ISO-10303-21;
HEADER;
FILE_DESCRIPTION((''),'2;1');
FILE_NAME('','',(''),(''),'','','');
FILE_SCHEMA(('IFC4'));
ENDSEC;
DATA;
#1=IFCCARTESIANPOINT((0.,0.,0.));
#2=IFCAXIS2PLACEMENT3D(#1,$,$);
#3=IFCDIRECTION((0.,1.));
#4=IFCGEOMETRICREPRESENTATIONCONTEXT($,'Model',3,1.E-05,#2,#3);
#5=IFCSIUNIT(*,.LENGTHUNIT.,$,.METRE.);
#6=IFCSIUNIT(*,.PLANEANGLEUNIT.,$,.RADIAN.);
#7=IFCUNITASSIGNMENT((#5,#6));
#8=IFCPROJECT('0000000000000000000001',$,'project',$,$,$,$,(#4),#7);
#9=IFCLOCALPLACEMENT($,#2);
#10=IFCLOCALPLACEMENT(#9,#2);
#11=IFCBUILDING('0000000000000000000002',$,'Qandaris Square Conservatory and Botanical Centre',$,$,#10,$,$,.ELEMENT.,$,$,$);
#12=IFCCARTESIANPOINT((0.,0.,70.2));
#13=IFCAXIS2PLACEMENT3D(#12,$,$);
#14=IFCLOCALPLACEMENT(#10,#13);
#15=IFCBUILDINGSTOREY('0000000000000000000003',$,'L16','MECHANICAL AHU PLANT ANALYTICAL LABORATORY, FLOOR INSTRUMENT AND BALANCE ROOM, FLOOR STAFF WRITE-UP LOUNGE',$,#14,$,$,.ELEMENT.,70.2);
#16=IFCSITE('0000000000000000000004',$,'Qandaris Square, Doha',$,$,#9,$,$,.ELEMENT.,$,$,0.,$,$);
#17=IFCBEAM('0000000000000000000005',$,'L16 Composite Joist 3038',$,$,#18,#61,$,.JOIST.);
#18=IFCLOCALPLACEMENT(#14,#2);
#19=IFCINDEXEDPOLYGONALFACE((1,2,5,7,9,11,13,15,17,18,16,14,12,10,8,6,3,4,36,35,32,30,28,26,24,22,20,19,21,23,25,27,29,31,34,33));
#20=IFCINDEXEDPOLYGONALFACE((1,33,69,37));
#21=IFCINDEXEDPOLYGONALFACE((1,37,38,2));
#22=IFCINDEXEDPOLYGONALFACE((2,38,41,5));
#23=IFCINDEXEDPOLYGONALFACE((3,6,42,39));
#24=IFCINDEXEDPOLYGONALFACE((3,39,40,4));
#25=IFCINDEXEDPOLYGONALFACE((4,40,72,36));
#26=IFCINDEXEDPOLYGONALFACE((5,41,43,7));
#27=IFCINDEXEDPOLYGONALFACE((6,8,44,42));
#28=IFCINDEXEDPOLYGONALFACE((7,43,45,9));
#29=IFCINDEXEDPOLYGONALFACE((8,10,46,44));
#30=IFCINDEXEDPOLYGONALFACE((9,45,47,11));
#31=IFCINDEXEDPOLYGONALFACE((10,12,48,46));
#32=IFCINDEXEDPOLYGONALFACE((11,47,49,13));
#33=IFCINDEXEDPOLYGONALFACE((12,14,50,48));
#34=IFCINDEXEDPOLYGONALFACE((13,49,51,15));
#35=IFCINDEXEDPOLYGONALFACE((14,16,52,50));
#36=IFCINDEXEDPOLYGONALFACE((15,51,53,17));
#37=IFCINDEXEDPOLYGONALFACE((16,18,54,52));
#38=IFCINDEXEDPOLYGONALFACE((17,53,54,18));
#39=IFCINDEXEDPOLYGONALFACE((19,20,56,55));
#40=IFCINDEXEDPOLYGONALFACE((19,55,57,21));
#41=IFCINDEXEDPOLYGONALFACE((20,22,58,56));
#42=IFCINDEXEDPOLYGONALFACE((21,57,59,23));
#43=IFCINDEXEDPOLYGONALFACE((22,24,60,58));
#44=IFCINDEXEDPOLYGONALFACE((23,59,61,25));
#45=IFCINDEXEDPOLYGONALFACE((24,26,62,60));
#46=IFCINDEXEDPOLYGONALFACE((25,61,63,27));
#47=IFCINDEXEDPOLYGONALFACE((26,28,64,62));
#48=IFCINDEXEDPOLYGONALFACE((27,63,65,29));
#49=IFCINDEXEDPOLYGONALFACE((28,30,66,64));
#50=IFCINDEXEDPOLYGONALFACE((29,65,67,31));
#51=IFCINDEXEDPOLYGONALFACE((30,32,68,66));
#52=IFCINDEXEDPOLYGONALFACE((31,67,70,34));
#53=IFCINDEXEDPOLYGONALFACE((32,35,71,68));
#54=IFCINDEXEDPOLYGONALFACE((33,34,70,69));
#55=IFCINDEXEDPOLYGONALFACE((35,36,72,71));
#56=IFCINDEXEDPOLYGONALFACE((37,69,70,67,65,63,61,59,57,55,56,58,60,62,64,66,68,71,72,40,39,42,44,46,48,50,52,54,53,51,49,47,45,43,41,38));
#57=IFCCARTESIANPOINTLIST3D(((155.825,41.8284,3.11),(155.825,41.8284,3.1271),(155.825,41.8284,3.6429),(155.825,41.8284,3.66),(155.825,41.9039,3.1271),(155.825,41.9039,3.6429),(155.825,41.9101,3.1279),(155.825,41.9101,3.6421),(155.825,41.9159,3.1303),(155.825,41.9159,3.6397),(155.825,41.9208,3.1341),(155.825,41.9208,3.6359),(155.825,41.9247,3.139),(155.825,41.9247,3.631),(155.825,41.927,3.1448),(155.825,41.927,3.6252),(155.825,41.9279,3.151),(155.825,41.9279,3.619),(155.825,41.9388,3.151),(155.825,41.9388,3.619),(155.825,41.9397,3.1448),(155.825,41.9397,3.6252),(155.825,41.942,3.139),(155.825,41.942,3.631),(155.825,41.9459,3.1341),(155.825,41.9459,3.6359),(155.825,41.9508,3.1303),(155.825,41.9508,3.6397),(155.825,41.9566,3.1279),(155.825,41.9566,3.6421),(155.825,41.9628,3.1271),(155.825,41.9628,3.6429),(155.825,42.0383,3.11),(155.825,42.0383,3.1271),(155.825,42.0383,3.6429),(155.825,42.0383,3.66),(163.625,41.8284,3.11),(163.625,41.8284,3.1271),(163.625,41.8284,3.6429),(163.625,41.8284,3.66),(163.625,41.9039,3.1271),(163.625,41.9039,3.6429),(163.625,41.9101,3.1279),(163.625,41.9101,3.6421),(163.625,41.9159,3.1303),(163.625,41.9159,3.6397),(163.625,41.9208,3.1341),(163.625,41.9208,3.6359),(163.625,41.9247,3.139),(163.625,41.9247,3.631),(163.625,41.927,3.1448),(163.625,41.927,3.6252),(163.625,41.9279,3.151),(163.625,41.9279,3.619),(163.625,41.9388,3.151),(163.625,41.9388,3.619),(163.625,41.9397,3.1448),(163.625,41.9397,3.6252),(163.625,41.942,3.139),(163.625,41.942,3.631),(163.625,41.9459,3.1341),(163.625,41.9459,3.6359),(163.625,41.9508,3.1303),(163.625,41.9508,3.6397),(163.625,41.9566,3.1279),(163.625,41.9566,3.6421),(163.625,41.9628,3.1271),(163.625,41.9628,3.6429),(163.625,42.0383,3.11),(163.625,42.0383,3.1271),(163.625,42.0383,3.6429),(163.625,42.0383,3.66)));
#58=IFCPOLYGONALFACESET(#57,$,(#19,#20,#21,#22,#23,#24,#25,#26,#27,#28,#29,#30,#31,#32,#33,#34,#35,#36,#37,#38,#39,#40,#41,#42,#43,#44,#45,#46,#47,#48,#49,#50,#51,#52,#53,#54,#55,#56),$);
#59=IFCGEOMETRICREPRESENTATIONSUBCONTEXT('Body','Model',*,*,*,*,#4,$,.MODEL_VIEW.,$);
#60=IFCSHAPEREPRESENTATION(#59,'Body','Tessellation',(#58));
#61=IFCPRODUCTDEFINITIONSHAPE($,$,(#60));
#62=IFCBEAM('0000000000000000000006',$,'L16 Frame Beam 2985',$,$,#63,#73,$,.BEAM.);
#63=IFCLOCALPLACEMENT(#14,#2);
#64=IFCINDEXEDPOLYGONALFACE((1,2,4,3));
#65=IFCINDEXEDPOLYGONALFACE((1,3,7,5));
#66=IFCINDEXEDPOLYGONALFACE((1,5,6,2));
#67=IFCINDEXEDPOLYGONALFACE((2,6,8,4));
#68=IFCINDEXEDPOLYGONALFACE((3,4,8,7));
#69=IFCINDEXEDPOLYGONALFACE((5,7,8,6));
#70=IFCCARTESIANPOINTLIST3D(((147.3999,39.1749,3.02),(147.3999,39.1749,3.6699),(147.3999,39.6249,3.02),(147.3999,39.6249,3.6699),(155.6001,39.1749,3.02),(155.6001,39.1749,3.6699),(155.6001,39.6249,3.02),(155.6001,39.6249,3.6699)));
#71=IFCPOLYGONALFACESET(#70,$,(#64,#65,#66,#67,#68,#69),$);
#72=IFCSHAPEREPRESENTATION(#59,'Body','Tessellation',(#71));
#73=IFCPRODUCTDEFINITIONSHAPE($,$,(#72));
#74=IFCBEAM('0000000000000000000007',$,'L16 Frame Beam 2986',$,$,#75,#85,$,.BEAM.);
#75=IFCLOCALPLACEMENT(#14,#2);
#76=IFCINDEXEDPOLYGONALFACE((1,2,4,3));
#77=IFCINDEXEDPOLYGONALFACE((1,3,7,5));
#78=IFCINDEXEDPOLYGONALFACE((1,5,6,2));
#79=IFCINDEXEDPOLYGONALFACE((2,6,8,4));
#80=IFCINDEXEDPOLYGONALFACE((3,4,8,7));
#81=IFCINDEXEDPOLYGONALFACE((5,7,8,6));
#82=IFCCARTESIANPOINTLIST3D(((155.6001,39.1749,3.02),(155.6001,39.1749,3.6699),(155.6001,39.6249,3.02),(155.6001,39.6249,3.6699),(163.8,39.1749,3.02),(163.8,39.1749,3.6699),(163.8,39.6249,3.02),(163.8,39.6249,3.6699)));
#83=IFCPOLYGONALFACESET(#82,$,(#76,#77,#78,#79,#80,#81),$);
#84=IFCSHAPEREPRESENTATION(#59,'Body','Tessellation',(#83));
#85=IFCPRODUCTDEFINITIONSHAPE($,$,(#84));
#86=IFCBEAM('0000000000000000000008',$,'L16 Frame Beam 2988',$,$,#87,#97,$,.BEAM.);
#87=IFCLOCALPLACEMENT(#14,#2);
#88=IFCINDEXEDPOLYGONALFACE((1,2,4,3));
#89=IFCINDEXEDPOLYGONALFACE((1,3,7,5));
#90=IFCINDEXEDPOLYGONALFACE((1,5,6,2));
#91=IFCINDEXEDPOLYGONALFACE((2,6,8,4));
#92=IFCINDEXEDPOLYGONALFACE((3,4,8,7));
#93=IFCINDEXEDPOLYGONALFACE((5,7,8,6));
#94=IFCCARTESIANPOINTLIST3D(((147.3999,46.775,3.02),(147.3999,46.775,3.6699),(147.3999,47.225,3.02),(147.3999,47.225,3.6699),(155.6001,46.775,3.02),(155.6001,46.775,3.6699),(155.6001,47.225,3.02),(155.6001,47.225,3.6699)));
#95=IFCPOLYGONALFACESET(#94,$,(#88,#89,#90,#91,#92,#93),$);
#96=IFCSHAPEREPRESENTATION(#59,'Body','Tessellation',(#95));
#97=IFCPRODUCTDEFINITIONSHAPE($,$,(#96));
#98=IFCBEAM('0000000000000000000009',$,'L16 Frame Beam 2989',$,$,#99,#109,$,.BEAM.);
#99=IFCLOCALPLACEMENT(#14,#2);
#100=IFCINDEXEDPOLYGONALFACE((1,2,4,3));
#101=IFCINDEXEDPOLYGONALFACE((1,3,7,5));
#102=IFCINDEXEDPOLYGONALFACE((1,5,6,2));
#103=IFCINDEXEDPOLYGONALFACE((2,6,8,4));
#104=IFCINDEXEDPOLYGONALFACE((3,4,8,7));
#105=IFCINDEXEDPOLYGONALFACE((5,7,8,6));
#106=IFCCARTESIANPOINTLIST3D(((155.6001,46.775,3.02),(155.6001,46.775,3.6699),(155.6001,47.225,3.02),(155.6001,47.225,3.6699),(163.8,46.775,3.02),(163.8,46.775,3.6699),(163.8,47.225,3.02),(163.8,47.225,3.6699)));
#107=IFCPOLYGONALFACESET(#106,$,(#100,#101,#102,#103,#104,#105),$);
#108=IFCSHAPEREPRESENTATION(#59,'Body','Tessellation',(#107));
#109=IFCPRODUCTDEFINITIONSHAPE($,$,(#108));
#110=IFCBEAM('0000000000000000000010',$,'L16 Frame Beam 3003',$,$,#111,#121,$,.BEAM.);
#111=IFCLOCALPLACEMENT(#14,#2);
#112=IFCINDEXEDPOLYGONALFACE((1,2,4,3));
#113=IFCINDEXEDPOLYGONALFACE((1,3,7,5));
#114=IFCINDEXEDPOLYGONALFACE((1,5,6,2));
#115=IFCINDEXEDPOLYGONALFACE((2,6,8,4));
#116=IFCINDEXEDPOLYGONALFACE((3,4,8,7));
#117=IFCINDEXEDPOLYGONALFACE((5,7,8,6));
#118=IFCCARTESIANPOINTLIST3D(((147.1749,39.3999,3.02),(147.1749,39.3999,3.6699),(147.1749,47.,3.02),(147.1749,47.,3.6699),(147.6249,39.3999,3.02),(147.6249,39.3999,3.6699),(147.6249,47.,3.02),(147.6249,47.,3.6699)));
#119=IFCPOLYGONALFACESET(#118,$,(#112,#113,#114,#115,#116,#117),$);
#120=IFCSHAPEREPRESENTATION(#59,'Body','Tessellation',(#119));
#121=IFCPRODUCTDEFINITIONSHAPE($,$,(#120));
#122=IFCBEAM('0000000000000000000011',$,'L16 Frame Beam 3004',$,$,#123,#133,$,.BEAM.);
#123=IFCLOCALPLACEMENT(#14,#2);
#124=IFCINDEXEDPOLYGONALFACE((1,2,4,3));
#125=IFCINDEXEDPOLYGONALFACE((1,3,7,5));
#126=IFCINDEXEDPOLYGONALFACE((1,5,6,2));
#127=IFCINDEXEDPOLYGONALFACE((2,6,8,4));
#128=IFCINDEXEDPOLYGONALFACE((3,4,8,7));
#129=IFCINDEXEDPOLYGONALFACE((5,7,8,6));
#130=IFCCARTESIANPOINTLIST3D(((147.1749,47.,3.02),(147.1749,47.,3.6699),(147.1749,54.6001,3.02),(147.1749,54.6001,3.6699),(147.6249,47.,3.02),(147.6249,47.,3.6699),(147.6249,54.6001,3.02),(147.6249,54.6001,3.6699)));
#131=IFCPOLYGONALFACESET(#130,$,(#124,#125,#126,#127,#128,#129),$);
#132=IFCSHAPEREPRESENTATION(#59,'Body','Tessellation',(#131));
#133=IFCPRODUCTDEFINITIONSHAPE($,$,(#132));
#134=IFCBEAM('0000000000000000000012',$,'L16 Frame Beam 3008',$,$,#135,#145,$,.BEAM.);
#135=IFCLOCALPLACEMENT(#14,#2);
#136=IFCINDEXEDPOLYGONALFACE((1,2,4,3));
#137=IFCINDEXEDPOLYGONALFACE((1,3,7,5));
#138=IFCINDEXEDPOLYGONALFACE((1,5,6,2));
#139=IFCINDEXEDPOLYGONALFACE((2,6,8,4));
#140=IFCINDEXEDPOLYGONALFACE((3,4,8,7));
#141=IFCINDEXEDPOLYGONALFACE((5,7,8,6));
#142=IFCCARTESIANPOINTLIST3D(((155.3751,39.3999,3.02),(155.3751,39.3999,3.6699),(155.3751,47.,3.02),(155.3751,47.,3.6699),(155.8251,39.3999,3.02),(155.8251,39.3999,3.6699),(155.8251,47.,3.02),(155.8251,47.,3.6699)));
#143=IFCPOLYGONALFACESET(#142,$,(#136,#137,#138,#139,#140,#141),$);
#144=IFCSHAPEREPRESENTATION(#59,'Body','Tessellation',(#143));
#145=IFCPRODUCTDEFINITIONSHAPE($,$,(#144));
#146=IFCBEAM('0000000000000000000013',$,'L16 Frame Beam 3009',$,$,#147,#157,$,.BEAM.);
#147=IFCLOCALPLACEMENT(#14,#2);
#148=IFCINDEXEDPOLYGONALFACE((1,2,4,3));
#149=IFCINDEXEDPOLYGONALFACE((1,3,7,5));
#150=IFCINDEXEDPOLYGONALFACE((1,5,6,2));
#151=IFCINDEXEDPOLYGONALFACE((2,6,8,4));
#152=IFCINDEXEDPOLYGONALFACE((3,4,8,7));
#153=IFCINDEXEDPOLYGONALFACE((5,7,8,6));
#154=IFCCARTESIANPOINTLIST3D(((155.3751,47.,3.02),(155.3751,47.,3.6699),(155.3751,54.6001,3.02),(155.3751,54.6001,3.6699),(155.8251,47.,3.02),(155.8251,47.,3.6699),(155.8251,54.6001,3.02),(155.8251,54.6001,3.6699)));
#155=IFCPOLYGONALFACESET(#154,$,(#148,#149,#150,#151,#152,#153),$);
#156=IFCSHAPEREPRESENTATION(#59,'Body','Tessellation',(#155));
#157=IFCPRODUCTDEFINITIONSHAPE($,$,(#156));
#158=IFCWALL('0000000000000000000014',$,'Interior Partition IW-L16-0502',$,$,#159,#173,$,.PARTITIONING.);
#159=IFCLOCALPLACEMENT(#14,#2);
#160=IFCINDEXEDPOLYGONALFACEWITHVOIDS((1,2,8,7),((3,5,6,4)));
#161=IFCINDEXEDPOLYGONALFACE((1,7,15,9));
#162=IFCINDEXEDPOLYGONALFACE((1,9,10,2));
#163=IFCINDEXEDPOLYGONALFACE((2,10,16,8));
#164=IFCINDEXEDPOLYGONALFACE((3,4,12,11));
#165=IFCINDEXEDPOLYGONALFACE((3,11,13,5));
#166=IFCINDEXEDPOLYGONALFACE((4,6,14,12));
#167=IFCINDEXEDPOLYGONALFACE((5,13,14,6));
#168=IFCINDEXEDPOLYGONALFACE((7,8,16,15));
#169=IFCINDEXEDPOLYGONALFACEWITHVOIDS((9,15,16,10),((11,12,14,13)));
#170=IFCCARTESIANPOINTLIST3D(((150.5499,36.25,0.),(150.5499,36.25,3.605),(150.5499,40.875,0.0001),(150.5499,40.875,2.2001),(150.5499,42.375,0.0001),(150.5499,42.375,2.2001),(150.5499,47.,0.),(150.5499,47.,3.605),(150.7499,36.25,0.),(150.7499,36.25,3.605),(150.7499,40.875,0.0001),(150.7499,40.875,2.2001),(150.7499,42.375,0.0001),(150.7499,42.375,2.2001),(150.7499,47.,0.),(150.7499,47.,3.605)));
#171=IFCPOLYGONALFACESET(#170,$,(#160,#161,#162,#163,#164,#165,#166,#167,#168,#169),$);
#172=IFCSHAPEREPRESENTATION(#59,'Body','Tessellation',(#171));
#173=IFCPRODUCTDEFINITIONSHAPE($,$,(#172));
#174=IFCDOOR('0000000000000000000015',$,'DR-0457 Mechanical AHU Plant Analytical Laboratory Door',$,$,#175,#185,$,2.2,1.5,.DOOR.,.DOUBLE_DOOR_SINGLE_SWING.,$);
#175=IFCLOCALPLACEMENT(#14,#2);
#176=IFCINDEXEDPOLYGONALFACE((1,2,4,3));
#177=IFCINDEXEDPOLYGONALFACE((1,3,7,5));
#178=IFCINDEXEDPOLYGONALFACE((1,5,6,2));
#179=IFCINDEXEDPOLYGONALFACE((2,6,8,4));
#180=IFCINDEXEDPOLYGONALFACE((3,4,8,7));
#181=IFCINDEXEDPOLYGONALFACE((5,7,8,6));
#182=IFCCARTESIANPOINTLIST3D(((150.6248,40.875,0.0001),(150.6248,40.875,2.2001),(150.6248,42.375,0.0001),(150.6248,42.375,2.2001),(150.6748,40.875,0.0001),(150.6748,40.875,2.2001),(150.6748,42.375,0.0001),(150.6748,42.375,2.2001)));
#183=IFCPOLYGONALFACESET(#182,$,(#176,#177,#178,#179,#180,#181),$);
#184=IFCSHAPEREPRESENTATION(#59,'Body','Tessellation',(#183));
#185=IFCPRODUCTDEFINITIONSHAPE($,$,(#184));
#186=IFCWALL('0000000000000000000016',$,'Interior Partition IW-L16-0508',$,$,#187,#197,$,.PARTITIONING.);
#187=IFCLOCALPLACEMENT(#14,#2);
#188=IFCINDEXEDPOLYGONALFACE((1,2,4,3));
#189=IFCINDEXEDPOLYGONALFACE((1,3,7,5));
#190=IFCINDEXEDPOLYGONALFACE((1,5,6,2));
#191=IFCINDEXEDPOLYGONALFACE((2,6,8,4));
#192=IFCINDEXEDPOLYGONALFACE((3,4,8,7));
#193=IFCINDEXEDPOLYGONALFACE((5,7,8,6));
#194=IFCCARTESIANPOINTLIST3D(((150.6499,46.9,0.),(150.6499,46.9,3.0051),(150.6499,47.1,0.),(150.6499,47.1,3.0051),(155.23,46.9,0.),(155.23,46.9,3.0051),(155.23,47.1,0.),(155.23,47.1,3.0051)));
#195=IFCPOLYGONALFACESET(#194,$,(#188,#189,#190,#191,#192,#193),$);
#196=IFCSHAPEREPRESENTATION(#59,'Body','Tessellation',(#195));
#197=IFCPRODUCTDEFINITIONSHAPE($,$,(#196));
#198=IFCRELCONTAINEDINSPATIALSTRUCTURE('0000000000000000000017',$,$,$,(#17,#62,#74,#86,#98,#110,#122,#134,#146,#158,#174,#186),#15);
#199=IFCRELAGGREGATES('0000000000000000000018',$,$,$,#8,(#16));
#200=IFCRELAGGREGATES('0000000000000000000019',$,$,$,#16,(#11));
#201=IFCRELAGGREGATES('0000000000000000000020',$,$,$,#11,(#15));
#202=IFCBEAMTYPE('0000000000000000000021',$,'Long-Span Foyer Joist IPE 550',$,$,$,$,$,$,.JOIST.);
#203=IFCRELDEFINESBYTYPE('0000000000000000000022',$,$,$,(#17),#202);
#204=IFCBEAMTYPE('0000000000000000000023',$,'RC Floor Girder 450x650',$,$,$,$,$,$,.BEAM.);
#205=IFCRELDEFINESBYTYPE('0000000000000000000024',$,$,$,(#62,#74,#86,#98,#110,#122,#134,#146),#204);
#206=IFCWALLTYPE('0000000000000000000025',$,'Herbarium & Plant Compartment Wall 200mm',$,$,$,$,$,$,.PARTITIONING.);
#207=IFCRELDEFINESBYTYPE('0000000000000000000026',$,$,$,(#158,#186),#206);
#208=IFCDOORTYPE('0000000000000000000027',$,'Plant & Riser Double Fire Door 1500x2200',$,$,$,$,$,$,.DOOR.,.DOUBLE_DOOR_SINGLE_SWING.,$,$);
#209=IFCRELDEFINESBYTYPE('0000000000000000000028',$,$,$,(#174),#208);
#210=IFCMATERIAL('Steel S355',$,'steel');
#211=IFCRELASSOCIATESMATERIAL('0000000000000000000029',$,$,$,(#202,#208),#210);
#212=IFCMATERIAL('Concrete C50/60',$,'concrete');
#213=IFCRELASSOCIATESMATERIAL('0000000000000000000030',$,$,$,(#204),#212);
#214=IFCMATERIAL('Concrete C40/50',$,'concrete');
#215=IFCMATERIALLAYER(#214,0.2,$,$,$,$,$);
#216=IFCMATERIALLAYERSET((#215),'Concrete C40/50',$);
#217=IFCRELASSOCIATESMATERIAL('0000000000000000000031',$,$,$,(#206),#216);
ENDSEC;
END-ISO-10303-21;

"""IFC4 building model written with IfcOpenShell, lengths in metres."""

from ifc_helpers import new_model, si_unit, direction, frame, frame_2d, origin, origin_2d, place, context, subcontext, project, spatial, rectangle, i_section, extrude, material, layer, layer_set, material_profile, profile_set, type_object, element, fill, save


model = new_model("IFC4")

# Units and contexts
model_context = context("Model", 3, precision=1e-05, world=origin(), true_north=direction((0.0, 1.0)))
body_context = subcontext(model_context, "Body", "Model", "MODEL_VIEW")
ifc_project = project(units=[si_unit("LENGTHUNIT", "METRE"), si_unit("PLANEANGLEUNIT", "RADIAN")], contexts=[model_context])

# Site, building, storey
site_placement = place(None, origin())
site = spatial("IfcSite", under=ifc_project, at=site_placement, Name="Qandaris Square, Doha", CompositionType="ELEMENT", RefElevation=0.0)
building_placement = place(site_placement, origin())
building = spatial("IfcBuilding", under=site, at=building_placement, Name="Qandaris Square Conservatory and Botanical Centre", CompositionType="ELEMENT")
storey_placement = place(building_placement, frame((0.0, 0.0, 70.2)))
storey = spatial("IfcBuildingStorey", under=building, at=storey_placement, Name="L16", Description="MECHANICAL AHU PLANT ANALYTICAL LABORATORY, FLOOR INSTRUMENT AND BALANCE ROOM, FLOOR STAFF WRITE-UP LOUNGE", CompositionType="ELEMENT", Elevation=70.2)

# Shared definitions
ifc_material_1 = material(Name="Concrete C50/60", Category="concrete")

# Beams
ifc_material_2 = material(Name="Steel S355", Category="steel")
ifc_material_profile_1 = material_profile(ifc_material_2, i_section(OverallWidth=0.21, OverallDepth=0.55, WebThickness=0.011, FlangeThickness=0.0171, FilletRadius=0.0239, at=origin_2d()), Name="IPE 550")
ifc_profile_set_1 = profile_set([ifc_material_profile_1], Name="Steel S355")
beam_type_1 = type_object("IfcBeamType", Name="Long-Span Foyer Joist IPE 550", PredefinedType="JOIST", material=ifc_profile_set_1)
beam_1_placement = place(storey_placement, frame((155.825, 41.9333, 3.385), z_axis=(1.0, 0.0, 0.0), x_axis=(0.0, 1.0, 0.0)))
element("IfcBeam", 1, at=beam_1_placement, inside=storey, type_object=beam_type_1, Name="L16 Composite Joist 3038", PredefinedType="JOIST", context=body_context, shape_type="SweptSolid", body=[
    extrude(i_section(OverallWidth=0.21, OverallDepth=0.55, WebThickness=0.011, FlangeThickness=0.0171, FilletRadius=0.0239, at=origin_2d()), origin(), (0.0, 0.0, 1.0), 7.8),
])
ifc_material_profile_2 = material_profile(ifc_material_1, rectangle(XDim=0.45, YDim=0.6499, at=origin_2d()), Name="RC-BM 450x650")
ifc_profile_set_2 = profile_set([ifc_material_profile_2], Name="Concrete C50/60")
beam_type_2 = type_object("IfcBeamType", Name="RC Floor Girder 450x650", PredefinedType="BEAM", material=ifc_profile_set_2)
beam_2_placement = place(storey_placement, frame((147.3999, 39.3999, 3.345), z_axis=(1.0, 0.0, 0.0), x_axis=(0.0, 1.0, 0.0)))
element("IfcBeam", 2, at=beam_2_placement, inside=storey, type_object=beam_type_2, Name="L16 Frame Beam 2985", PredefinedType="BEAM", context=body_context, shape_type="SweptSolid", body=[
    extrude(rectangle(XDim=0.45, YDim=0.6499, at=origin_2d()), origin(), (0.0, 0.0, 1.0), 8.2002),
])
beam_3_placement = place(storey_placement, frame((155.6001, 39.3999, 3.345), z_axis=(1.0, 0.0, 0.0), x_axis=(0.0, 1.0, 0.0)))
element("IfcBeam", 3, at=beam_3_placement, inside=storey, type_object=beam_type_2, Name="L16 Frame Beam 2986", PredefinedType="BEAM", context=body_context, shape_type="SweptSolid", body=[
    extrude(rectangle(XDim=0.45, YDim=0.6499, at=origin_2d()), origin(), (0.0, 0.0, 1.0), 8.2),
])
beam_4_placement = place(storey_placement, frame((147.3999, 47.0, 3.345), z_axis=(1.0, 0.0, 0.0), x_axis=(0.0, 1.0, 0.0)))
element("IfcBeam", 4, at=beam_4_placement, inside=storey, type_object=beam_type_2, Name="L16 Frame Beam 2988", PredefinedType="BEAM", context=body_context, shape_type="SweptSolid", body=[
    extrude(rectangle(XDim=0.45, YDim=0.6499, at=origin_2d()), origin(), (0.0, 0.0, 1.0), 8.2002),
])
beam_5_placement = place(storey_placement, frame((155.6001, 47.0, 3.345), z_axis=(1.0, 0.0, 0.0), x_axis=(0.0, 1.0, 0.0)))
element("IfcBeam", 5, at=beam_5_placement, inside=storey, type_object=beam_type_2, Name="L16 Frame Beam 2989", PredefinedType="BEAM", context=body_context, shape_type="SweptSolid", body=[
    extrude(rectangle(XDim=0.45, YDim=0.6499, at=origin_2d()), origin(), (0.0, 0.0, 1.0), 8.2),
])
for number, where, z_axis, x_axis, name in (
    (6, (147.3999, 39.3999, 3.345), (0.0, 1.0, 0.0), (-1.0, 0.0, 0.0), "L16 Frame Beam 3003"),
    (7, (147.3999, 47.0, 3.345), (0.0, 1.0, 0.0), (-1.0, 0.0, 0.0), "L16 Frame Beam 3004"),
    (8, (155.6001, 39.3999, 3.345), (0.0, 1.0, 0.0), (-1.0, 0.0, 0.0), "L16 Frame Beam 3008"),
    (9, (155.6001, 47.0, 3.345), (0.0, 1.0, 0.0), (-1.0, 0.0, 0.0), "L16 Frame Beam 3009"),
):
    element("IfcBeam", number, at=place(storey_placement, frame(where, z_axis=z_axis, x_axis=x_axis)), inside=storey, type_object=beam_type_2, Name=name, PredefinedType="BEAM", context=body_context, shape_type="SweptSolid", body=[
        extrude(rectangle(XDim=0.45, YDim=0.6499, at=origin_2d()), origin(), (0.0, 0.0, 1.0), 7.6001),
    ])

# Wall, opening, door
ifc_material_3 = material(Name="Concrete C40/50", Category="concrete")
ifc_layer_1 = layer(ifc_material_3, 0.2)
ifc_layer_set_1 = layer_set([ifc_layer_1], Name="Concrete C40/50")
wall_type_1 = type_object("IfcWallType", Name="Herbarium & Plant Compartment Wall 200mm", PredefinedType="PARTITIONING", material=ifc_layer_set_1)
wall_1_placement = place(storey_placement, frame((150.6499, 47.0, 0.0), z_axis=(0.0, 0.0, 1.0), x_axis=(0.0, -1.0, 0.0)))
wall_1 = element("IfcWall", 10, at=wall_1_placement, inside=storey, type_object=wall_type_1, Name="Interior Partition IW-L16-0502", PredefinedType="PARTITIONING", context=body_context, shape_type="SweptSolid", body=[
    extrude(rectangle(XDim=10.75, YDim=0.2, at=frame_2d((5.375, 0.0))), origin(), (0.0, 0.0, 1.0), 3.605),
])
opening_1_placement = place(wall_1_placement, frame((4.625, 0.0, 0.0)))
opening_1 = element("IfcOpeningElement", 11, at=opening_1_placement, cuts=wall_1, PredefinedType="OPENING", context=body_context, shape_type="SweptSolid", body=[
    extrude(rectangle(XDim=1.5, YDim=2.2, at=frame_2d((0.75, 1.1001))), frame((0.0, 0.1118, 0.0), z_axis=(0.0, -1.0, 0.0), x_axis=(1.0, 0.0, 0.0)), (0.0, 0.0, 1.0), 0.2239),
])
door_type_1 = type_object("IfcDoorType", Name="Plant & Riser Double Fire Door 1500x2200", OperationType="DOUBLE_DOOR_SINGLE_SWING", PredefinedType="DOOR", material=ifc_material_2)
door_1_placement = place(opening_1_placement, origin())
door_1 = element("IfcDoor", 12, at=door_1_placement, inside=storey, type_object=door_type_1, Name="DR-0457 Mechanical AHU Plant Analytical Laboratory Door", OperationType="DOUBLE_DOOR_SINGLE_SWING", OverallHeight=2.2, OverallWidth=1.5, PredefinedType="DOOR", context=body_context, shape_type="SweptSolid", body=[
    extrude(rectangle(XDim=1.5, YDim=2.2, at=frame_2d((0.75, 1.1001))), frame((0.0, 0.0249, 0.0), z_axis=(0.0, -1.0, 0.0), x_axis=(1.0, 0.0, 0.0)), (0.0, 0.0, 1.0), 0.05),
])
fill(opening_1, door_1)

# Wall
wall_2_placement = place(storey_placement, frame((150.6499, 47.0, 0.0), z_axis=(0.0, 0.0, 1.0), x_axis=(1.0, 0.0, 0.0)))
element("IfcWall", 13, at=wall_2_placement, inside=storey, type_object=wall_type_1, Name="Interior Partition IW-L16-0508", PredefinedType="PARTITIONING", context=body_context, shape_type="SweptSolid", body=[
    extrude(rectangle(XDim=4.5801, YDim=0.2, at=frame_2d((2.29, 0.0))), origin(), (0.0, 0.0, 1.0), 3.0051),
])

save(model, "model.ifc")
